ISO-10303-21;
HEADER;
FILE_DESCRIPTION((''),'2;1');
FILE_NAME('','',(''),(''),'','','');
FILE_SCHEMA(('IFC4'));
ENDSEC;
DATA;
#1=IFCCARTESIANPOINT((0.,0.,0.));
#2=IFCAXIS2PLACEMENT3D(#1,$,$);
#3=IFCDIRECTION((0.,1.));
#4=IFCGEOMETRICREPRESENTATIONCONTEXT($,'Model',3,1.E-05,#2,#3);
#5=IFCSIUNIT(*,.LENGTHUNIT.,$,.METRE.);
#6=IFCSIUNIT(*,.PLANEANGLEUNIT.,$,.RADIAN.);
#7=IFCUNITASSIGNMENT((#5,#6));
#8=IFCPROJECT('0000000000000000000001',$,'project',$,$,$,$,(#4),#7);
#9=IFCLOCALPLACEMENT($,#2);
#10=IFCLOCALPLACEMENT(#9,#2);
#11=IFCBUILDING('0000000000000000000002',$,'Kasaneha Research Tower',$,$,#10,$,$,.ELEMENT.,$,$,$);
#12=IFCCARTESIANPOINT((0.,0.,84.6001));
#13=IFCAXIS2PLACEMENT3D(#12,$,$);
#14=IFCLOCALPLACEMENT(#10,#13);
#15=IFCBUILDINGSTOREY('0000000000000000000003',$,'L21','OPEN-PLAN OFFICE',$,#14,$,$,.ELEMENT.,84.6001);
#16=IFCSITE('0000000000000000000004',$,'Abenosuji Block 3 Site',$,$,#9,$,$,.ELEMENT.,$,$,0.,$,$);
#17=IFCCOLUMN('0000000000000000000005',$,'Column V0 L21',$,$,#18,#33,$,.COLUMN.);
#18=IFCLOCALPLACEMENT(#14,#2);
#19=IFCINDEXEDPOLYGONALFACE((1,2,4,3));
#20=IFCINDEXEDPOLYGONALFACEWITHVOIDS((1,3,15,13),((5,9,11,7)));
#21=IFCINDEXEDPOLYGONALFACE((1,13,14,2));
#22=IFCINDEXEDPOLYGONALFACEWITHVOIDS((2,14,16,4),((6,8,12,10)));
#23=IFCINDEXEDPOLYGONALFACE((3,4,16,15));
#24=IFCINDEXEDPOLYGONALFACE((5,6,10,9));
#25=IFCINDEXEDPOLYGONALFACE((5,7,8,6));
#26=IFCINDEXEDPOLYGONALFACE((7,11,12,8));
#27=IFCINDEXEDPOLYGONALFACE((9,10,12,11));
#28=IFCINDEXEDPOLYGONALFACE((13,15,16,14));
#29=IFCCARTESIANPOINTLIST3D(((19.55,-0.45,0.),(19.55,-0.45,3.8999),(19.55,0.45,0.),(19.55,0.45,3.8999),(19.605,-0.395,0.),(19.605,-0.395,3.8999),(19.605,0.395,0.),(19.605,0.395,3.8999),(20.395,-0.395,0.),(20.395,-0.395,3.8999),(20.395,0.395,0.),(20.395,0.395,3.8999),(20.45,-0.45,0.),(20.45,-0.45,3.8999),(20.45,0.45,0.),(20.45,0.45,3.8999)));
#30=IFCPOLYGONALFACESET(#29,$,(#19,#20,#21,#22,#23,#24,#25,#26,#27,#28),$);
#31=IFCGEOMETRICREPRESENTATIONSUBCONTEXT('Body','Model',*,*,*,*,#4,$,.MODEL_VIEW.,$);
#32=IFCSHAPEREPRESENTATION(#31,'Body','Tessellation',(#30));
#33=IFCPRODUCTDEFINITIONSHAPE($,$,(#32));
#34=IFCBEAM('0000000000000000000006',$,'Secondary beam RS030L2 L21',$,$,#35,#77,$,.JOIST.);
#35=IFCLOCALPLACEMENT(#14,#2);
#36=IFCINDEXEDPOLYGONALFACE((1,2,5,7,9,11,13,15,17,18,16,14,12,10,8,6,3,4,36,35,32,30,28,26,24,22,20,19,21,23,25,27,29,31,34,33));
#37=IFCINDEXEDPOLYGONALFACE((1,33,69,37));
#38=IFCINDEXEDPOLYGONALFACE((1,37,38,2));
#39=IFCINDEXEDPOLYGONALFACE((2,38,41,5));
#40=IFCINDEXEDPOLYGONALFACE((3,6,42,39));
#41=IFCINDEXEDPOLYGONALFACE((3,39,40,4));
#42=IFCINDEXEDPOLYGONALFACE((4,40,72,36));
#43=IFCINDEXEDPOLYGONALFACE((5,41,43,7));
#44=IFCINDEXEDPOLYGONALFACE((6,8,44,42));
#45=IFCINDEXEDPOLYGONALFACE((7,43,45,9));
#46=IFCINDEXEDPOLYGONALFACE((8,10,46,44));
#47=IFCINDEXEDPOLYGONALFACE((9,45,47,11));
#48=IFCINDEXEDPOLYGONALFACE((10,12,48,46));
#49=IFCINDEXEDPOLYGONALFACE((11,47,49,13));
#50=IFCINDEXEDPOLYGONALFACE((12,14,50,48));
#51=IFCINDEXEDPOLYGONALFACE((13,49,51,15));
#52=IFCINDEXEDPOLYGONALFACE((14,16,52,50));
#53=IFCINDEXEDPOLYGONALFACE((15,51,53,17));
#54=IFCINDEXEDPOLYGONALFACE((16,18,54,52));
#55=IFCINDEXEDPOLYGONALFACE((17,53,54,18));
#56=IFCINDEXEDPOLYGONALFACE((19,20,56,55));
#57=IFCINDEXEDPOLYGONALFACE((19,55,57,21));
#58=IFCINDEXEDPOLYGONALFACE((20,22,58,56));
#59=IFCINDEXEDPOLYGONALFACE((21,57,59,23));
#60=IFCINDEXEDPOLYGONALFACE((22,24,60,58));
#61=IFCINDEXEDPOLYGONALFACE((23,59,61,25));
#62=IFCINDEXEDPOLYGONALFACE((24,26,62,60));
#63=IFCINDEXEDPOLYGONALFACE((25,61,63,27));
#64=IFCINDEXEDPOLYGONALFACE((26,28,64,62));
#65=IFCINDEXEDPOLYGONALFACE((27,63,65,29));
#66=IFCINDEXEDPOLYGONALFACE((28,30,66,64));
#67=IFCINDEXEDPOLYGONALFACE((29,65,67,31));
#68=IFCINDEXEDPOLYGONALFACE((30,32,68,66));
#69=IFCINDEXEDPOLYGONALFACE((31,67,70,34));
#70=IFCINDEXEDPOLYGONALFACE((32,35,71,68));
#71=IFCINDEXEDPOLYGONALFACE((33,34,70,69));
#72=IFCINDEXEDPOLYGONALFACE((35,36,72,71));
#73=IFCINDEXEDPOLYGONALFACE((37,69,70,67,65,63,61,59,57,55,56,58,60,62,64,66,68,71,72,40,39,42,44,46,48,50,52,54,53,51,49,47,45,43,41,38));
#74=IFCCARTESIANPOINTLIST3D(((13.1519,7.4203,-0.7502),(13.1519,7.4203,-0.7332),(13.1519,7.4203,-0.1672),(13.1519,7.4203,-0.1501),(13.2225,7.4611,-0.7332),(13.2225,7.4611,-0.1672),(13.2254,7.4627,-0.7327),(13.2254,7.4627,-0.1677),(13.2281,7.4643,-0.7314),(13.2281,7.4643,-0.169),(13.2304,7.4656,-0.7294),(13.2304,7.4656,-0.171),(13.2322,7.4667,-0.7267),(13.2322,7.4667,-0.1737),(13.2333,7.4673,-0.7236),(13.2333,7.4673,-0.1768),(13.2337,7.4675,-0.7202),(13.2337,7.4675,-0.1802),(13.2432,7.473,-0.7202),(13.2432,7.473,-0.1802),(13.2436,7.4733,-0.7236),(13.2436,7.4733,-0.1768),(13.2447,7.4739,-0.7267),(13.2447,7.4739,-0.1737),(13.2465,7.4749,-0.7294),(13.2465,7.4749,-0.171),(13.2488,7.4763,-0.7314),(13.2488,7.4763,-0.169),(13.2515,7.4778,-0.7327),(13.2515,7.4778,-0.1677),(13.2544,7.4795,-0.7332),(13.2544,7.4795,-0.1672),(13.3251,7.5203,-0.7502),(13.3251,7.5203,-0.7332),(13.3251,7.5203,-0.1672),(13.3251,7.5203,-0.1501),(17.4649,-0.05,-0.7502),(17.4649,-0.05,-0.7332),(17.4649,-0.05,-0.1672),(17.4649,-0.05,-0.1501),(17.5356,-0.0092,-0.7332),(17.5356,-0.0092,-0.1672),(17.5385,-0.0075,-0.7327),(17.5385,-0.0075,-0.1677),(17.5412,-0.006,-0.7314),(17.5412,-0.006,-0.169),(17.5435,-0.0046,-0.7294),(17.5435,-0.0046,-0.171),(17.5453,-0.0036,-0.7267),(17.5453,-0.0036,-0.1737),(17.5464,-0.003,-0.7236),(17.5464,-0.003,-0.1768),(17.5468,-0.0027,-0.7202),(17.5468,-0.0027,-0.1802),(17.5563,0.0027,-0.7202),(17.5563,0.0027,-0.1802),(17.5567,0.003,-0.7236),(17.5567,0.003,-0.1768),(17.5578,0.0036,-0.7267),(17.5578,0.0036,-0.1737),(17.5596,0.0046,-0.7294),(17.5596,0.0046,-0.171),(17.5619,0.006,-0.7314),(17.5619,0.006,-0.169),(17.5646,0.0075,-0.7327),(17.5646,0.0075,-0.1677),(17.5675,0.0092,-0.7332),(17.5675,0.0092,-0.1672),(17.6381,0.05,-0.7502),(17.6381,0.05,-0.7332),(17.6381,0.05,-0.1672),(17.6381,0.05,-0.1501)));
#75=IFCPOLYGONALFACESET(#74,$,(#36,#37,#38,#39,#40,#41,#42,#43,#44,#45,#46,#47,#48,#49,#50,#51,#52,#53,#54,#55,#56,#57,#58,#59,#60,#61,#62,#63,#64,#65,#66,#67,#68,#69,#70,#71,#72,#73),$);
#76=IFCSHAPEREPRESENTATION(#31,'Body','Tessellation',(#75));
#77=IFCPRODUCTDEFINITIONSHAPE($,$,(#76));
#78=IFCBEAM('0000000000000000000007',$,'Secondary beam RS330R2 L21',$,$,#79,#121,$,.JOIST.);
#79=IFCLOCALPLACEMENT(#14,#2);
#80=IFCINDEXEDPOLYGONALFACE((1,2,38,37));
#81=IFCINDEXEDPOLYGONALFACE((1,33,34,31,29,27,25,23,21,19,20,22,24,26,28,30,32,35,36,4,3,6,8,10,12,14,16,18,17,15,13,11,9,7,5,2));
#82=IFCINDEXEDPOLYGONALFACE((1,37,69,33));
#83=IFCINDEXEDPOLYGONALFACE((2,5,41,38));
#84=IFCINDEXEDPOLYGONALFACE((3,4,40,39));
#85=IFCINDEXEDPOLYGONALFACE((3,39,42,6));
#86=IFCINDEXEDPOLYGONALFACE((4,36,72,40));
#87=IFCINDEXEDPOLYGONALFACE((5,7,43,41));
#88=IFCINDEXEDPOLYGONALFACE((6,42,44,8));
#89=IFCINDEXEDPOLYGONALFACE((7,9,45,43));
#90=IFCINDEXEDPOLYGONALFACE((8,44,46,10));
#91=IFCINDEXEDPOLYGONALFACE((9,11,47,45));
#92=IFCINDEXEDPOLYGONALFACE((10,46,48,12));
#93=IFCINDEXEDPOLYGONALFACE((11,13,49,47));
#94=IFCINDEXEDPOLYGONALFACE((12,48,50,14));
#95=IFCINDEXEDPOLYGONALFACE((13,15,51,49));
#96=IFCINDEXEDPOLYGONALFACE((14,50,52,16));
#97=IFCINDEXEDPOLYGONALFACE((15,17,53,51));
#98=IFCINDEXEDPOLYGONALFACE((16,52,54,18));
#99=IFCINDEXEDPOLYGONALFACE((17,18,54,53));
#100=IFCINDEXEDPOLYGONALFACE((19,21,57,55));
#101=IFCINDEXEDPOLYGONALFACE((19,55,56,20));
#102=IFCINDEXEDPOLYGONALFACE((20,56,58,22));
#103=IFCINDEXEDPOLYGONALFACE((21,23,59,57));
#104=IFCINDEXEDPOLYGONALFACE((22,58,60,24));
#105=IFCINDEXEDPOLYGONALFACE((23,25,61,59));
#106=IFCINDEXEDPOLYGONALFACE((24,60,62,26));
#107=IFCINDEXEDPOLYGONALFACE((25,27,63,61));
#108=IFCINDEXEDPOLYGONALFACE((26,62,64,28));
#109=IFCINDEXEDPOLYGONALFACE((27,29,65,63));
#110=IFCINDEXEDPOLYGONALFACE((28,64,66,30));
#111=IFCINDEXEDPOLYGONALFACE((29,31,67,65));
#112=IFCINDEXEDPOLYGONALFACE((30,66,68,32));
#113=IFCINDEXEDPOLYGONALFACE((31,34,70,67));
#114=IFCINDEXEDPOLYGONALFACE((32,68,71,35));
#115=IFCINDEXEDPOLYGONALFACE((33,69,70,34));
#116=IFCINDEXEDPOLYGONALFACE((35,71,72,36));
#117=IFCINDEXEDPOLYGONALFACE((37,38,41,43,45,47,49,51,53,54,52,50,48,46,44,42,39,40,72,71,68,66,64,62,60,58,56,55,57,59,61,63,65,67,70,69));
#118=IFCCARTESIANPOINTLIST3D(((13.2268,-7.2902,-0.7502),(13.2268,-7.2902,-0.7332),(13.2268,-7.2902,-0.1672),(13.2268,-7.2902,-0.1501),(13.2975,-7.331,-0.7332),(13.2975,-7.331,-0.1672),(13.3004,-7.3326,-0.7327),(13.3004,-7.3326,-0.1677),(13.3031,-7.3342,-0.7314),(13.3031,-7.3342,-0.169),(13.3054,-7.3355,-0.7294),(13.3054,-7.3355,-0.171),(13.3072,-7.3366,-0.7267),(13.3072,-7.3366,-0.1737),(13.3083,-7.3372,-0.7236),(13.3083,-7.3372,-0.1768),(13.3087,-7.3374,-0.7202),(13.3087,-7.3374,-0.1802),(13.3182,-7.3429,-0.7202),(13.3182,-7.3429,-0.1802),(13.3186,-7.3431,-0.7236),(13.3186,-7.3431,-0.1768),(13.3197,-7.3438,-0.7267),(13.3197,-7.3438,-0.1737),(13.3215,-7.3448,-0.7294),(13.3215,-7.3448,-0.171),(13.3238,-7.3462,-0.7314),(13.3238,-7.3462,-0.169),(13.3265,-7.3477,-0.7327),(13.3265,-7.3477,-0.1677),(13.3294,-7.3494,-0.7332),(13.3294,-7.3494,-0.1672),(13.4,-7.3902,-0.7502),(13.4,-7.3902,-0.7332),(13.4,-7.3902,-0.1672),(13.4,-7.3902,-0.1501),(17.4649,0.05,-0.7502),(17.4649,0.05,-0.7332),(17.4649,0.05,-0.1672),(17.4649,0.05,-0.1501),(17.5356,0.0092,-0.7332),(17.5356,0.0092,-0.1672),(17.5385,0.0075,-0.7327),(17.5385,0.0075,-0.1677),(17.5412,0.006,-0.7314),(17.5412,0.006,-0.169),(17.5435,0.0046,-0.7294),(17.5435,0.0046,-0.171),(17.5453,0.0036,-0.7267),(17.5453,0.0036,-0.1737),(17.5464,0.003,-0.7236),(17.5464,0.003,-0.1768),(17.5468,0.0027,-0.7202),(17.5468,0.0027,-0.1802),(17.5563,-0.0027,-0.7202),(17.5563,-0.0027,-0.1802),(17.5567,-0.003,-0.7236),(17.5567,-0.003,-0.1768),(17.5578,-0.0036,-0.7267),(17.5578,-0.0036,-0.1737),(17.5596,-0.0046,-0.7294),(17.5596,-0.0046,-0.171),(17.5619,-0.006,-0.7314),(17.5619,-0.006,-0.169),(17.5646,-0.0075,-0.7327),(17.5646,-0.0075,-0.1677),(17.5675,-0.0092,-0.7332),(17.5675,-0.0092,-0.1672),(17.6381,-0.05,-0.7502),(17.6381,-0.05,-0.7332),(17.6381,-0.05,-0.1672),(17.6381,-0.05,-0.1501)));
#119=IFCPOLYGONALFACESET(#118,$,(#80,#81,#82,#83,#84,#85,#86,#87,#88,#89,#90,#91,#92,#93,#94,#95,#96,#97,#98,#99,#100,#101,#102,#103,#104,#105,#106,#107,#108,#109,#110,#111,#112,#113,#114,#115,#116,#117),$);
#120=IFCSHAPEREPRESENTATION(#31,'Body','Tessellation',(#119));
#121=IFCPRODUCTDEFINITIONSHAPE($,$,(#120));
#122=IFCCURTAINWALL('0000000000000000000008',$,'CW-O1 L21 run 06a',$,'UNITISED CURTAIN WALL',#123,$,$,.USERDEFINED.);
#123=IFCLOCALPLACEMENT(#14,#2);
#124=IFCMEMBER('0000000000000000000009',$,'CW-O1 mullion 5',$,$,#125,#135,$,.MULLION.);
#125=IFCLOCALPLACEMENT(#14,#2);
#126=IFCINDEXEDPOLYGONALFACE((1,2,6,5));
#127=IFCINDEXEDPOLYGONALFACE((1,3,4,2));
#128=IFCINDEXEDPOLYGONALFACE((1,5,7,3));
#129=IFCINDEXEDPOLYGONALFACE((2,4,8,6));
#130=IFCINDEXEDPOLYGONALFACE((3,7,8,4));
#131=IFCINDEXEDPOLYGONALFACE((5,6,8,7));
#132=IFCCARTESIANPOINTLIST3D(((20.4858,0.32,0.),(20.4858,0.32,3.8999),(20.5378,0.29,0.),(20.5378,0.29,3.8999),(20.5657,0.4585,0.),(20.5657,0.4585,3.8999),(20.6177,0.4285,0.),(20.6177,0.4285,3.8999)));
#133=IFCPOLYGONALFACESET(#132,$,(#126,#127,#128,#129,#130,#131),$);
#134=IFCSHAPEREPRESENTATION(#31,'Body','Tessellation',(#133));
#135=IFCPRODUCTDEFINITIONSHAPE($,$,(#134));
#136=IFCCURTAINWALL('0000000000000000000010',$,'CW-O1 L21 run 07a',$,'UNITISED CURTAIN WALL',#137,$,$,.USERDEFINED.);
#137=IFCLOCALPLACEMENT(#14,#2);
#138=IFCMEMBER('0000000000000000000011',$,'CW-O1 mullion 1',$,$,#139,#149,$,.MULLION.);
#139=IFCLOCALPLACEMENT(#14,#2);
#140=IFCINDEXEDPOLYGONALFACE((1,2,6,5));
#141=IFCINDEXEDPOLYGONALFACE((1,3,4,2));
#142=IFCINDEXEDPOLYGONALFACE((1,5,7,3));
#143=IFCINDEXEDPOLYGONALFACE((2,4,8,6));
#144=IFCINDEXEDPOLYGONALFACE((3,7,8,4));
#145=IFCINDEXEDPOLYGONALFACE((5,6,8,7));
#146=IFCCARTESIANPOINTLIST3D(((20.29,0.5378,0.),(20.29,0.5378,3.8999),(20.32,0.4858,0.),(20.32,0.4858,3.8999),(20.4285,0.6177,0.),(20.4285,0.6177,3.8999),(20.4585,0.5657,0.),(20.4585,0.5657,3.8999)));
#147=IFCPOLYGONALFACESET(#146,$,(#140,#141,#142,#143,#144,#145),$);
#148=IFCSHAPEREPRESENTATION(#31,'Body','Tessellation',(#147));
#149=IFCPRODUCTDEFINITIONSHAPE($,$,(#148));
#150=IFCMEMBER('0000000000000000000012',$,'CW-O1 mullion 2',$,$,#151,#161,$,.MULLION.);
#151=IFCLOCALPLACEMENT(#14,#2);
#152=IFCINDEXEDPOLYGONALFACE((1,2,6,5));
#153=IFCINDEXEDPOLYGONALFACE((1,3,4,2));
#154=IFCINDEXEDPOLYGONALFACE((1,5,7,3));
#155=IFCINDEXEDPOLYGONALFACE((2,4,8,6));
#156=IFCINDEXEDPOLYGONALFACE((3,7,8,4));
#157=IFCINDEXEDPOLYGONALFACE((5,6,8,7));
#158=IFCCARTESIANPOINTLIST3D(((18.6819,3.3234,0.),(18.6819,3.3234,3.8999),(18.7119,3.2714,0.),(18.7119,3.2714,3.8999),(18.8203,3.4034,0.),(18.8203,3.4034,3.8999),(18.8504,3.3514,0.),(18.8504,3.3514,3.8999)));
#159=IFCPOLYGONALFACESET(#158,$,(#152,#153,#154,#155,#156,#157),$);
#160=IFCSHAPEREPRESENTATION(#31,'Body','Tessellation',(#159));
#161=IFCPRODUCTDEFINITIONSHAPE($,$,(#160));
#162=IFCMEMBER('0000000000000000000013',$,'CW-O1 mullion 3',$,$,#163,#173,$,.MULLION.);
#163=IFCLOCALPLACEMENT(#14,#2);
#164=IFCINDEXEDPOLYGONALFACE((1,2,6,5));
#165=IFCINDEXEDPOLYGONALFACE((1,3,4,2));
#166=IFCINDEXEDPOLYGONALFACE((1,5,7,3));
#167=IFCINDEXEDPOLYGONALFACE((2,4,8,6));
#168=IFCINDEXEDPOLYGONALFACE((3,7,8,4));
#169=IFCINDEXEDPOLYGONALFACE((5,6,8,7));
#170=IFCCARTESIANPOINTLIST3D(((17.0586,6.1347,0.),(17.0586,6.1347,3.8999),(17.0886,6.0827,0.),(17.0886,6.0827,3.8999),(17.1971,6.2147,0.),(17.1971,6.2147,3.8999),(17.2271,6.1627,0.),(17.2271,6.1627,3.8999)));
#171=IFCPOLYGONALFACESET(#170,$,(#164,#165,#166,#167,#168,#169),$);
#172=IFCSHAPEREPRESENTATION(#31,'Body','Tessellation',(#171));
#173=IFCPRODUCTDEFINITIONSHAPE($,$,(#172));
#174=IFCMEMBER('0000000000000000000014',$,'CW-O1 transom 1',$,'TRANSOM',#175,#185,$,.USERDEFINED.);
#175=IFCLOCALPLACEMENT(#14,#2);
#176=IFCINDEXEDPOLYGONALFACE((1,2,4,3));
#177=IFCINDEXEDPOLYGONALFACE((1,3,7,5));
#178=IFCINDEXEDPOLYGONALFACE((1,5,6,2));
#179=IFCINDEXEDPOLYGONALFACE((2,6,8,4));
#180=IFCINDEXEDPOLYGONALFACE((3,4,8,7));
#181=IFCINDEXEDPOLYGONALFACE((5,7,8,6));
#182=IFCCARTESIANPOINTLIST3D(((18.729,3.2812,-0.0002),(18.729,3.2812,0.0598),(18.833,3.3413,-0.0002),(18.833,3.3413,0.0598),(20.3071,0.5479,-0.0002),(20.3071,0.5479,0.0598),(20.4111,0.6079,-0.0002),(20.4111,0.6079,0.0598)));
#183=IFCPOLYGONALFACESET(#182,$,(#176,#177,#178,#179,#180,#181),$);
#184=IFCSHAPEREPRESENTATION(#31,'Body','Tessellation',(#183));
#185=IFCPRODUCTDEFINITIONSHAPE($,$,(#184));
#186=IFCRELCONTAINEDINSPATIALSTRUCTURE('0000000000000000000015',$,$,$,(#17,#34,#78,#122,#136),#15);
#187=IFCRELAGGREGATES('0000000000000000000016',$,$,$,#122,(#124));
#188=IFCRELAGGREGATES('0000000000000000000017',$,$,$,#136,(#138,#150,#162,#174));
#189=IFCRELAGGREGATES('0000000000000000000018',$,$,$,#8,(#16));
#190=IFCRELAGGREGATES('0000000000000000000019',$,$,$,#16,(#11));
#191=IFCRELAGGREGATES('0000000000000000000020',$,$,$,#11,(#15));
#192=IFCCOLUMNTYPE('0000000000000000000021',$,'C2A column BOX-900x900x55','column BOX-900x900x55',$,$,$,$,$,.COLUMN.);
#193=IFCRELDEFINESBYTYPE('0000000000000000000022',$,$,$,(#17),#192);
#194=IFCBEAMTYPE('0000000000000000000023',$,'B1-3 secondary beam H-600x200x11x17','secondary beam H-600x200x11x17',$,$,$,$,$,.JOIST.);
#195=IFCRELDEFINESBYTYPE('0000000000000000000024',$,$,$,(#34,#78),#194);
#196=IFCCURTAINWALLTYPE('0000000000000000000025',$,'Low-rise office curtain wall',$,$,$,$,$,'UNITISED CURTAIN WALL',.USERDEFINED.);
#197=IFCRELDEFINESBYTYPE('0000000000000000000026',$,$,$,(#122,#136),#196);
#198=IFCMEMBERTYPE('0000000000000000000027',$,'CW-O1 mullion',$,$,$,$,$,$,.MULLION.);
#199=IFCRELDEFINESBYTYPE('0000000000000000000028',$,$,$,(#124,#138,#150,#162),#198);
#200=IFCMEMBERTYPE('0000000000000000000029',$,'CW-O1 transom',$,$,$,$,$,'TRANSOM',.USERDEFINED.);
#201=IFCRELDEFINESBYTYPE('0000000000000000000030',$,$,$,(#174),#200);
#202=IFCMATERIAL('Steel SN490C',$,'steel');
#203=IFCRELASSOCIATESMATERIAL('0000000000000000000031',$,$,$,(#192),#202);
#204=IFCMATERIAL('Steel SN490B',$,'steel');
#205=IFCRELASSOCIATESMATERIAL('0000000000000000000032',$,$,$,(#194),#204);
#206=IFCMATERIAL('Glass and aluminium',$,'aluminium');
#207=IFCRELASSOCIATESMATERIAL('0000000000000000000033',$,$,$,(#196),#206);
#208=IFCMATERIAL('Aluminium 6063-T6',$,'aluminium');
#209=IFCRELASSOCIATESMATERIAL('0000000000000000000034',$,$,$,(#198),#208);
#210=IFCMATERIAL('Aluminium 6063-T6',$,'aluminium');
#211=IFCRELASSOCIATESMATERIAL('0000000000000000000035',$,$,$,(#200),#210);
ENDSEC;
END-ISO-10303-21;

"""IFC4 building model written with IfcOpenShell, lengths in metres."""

from ifc_helpers import new_model, si_unit, direction, frame, origin, origin_2d, place, context, subcontext, project, spatial, rectangle, hollow_rectangle, i_section, extrude, material, material_profile, profile_set, type_object, element, aggregate, save


model = new_model("IFC4")

# Units and contexts
model_context = context("Model", 3, precision=1e-05, world=origin(), true_north=direction((0.0, 1.0)))
body_context = subcontext(model_context, "Body", "Model", "MODEL_VIEW")
ifc_project = project(units=[si_unit("LENGTHUNIT", "METRE"), si_unit("PLANEANGLEUNIT", "RADIAN")], contexts=[model_context])

# Site, building, storey
site_placement = place(None, origin())
site = spatial("IfcSite", under=ifc_project, at=site_placement, Name="Abenosuji Block 3 Site", CompositionType="ELEMENT", RefElevation=0.0)
building_placement = place(site_placement, origin())
building = spatial("IfcBuilding", under=site, at=building_placement, Name="Kasaneha Research Tower", CompositionType="ELEMENT")
storey_placement = place(building_placement, frame((0.0, 0.0, 84.6001)))
storey = spatial("IfcBuildingStorey", under=building, at=storey_placement, Name="L21", Description="OPEN-PLAN OFFICE", CompositionType="ELEMENT", Elevation=84.6001)

# Column
ifc_material_1 = material(Name="Steel SN490C", Category="steel")
ifc_material_profile_1 = material_profile(ifc_material_1, hollow_rectangle(XDim=0.8999, YDim=0.8999, WallThickness=0.0549, at=origin_2d()), Name="BOX-900x900x55")
ifc_profile_set_1 = profile_set([ifc_material_profile_1], Name="Steel SN490C")
column_type = type_object("IfcColumnType", Name="C2A column BOX-900x900x55", Description="column BOX-900x900x55", PredefinedType="COLUMN", material=ifc_profile_set_1)
column_placement = place(storey_placement, frame((20.0, 0.0, 0.0), z_axis=(0.0, 0.0, 1.0), x_axis=(1.0, 0.0, 0.0)))
element("IfcColumn", 1, at=column_placement, inside=storey, type_object=column_type, Name="Column V0 L21", PredefinedType="COLUMN", context=body_context, shape_type="SweptSolid", body=[
    extrude(hollow_rectangle(XDim=0.8999, YDim=0.8999, WallThickness=0.0549, at=origin_2d()), origin(), (0.0, 0.0, 1.0), 3.8999),
])

# Beams
ifc_material_2 = material(Name="Steel SN490B", Category="steel")
ifc_material_profile_2 = material_profile(ifc_material_2, i_section(OverallWidth=0.2, OverallDepth=0.6001, WebThickness=0.011, FlangeThickness=0.0171, FilletRadius=0.0129, at=origin_2d()), Name="H-600x200x11x17")
ifc_profile_set_2 = profile_set([ifc_material_profile_2], Name="Steel SN490B")
beam_type_1 = type_object("IfcBeamType", Name="B1-3 secondary beam H-600x200x11x17", Description="secondary beam H-600x200x11x17", PredefinedType="JOIST", material=ifc_profile_set_2)
beam_1_placement = place(storey_placement, frame((17.5515, 0.0, -0.4502), z_axis=(-0.500005, 0.866023, 0.0), x_axis=(-0.866023, -0.500005, 0.0)))
element("IfcBeam", 2, at=beam_1_placement, inside=storey, type_object=beam_type_1, Name="Secondary beam RS030L2 L21", PredefinedType="JOIST", context=body_context, shape_type="SweptSolid", body=[
    extrude(i_section(OverallWidth=0.2, OverallDepth=0.6001, WebThickness=0.011, FlangeThickness=0.0171, FilletRadius=0.0129, at=origin_2d()), origin(), (0.0, 0.0, 1.0), 8.626),
])
beam_2_placement = place(storey_placement, frame((17.5515, 0.0, -0.4502), z_axis=(-0.500021, -0.866013, 0.0), x_axis=(0.866013, -0.500021, 0.0)))
element("IfcBeam", 3, at=beam_2_placement, inside=storey, type_object=beam_type_1, Name="Secondary beam RS330R2 L21", PredefinedType="JOIST", context=body_context, shape_type="SweptSolid", body=[
    extrude(i_section(OverallWidth=0.2, OverallDepth=0.6001, WebThickness=0.011, FlangeThickness=0.0171, FilletRadius=0.0129, at=origin_2d()), origin(), (0.0, 0.0, 1.0), 8.4758),
])

# Curtain wall, member
ifc_material_3 = material(Name="Glass and aluminium", Category="aluminium")
curtain_wall_type = type_object("IfcCurtainWallType", Name="Low-rise office curtain wall", ElementType="UNITISED CURTAIN WALL", PredefinedType="USERDEFINED", material=ifc_material_3)
curtain_wall_1_placement = place(storey_placement, origin())
curtain_wall_1 = element("IfcCurtainWall", 4, at=curtain_wall_1_placement, inside=storey, type_object=curtain_wall_type, Name="CW-O1 L21 run 06a", ObjectType="UNITISED CURTAIN WALL", PredefinedType="USERDEFINED")
ifc_material_4 = material(Name="Aluminium 6063-T6", Category="aluminium")
ifc_material_profile_3 = material_profile(ifc_material_4, rectangle(XDim=0.0601, YDim=0.1599, at=origin_2d()), Name="CW-O1 mullion 60x160")
ifc_profile_set_3 = profile_set([ifc_material_profile_3], Name="Aluminium 6063-T6")
member_type_1 = type_object("IfcMemberType", Name="CW-O1 mullion", PredefinedType="MULLION", material=ifc_profile_set_3)
member_1_placement = place(storey_placement, frame((20.5518, 0.3743, 0.0), z_axis=(0.0, 0.0, 1.0), x_axis=(-0.866025, 0.5, 0.0)))
member_1 = element("IfcMember", 5, at=member_1_placement, type_object=member_type_1, Name="CW-O1 mullion 5", PredefinedType="MULLION", context=body_context, shape_type="SweptSolid", body=[
    extrude(rectangle(XDim=0.0601, YDim=0.1599, at=origin_2d()), origin(), (0.0, 0.0, 1.0), 3.8999),
])
aggregate(curtain_wall_1, [member_1])

# Curtain wall, members
curtain_wall_2_placement = place(storey_placement, origin())
curtain_wall_2 = element("IfcCurtainWall", 6, at=curtain_wall_2_placement, inside=storey, type_object=curtain_wall_type, Name="CW-O1 L21 run 07a", ObjectType="UNITISED CURTAIN WALL", PredefinedType="USERDEFINED")
member_2_placement = place(storey_placement, frame((20.3743, 0.5518, 0.0), z_axis=(0.0, 0.0, 1.0), x_axis=(-0.5, 0.866025, 0.0)))
member_2 = element("IfcMember", 7, at=member_2_placement, type_object=member_type_1, Name="CW-O1 mullion 1", PredefinedType="MULLION", context=body_context, shape_type="SweptSolid", body=[
    extrude(rectangle(XDim=0.0601, YDim=0.1599, at=origin_2d()), origin(), (0.0, 0.0, 1.0), 3.8999),
])
member_3_placement = place(storey_placement, frame((18.7661, 3.3374, 0.0), z_axis=(0.0, 0.0, 1.0), x_axis=(-0.5, 0.866025, 0.0)))
member_3 = element("IfcMember", 8, at=member_3_placement, type_object=member_type_1, Name="CW-O1 mullion 2", PredefinedType="MULLION", context=body_context, shape_type="SweptSolid", body=[
    extrude(rectangle(XDim=0.0601, YDim=0.1599, at=origin_2d()), origin(), (0.0, 0.0, 1.0), 3.8999),
])
member_4_placement = place(storey_placement, frame((17.1428, 6.1487, 0.0), z_axis=(0.0, 0.0, 1.0), x_axis=(-0.5, 0.866025, 0.0)))
member_4 = element("IfcMember", 9, at=member_4_placement, type_object=member_type_1, Name="CW-O1 mullion 3", PredefinedType="MULLION", context=body_context, shape_type="SweptSolid", body=[
    extrude(rectangle(XDim=0.0601, YDim=0.1599, at=origin_2d()), origin(), (0.0, 0.0, 1.0), 3.8999),
])
ifc_material_5 = material(Name="Aluminium 6063-T6", Category="aluminium")
ifc_material_profile_4 = material_profile(ifc_material_5, rectangle(XDim=0.1201, YDim=0.0601, at=origin_2d()), Name="CW-O1 transom 120x60")
ifc_profile_set_4 = profile_set([ifc_material_profile_4], Name="Aluminium 6063-T6")
member_type_2 = type_object("IfcMemberType", Name="CW-O1 transom", ElementType="TRANSOM", PredefinedType="USERDEFINED", material=ifc_profile_set_4)
member_5_placement = place(storey_placement, frame((20.3591, 0.5779, 0.0298), z_axis=(-0.499999, 0.866026, 0.0), x_axis=(-0.866026, -0.499999, 0.0)))
member_5 = element("IfcMember", 10, at=member_5_placement, type_object=member_type_2, Name="CW-O1 transom 1", ObjectType="TRANSOM", PredefinedType="USERDEFINED", context=body_context, shape_type="SweptSolid", body=[
    extrude(rectangle(XDim=0.1201, YDim=0.0601, at=origin_2d()), origin(), (0.0, 0.0, 1.0), 3.1562),
])

aggregate(curtain_wall_2, [member_2, member_3, member_4, member_5])

save(model, "model.ifc")
